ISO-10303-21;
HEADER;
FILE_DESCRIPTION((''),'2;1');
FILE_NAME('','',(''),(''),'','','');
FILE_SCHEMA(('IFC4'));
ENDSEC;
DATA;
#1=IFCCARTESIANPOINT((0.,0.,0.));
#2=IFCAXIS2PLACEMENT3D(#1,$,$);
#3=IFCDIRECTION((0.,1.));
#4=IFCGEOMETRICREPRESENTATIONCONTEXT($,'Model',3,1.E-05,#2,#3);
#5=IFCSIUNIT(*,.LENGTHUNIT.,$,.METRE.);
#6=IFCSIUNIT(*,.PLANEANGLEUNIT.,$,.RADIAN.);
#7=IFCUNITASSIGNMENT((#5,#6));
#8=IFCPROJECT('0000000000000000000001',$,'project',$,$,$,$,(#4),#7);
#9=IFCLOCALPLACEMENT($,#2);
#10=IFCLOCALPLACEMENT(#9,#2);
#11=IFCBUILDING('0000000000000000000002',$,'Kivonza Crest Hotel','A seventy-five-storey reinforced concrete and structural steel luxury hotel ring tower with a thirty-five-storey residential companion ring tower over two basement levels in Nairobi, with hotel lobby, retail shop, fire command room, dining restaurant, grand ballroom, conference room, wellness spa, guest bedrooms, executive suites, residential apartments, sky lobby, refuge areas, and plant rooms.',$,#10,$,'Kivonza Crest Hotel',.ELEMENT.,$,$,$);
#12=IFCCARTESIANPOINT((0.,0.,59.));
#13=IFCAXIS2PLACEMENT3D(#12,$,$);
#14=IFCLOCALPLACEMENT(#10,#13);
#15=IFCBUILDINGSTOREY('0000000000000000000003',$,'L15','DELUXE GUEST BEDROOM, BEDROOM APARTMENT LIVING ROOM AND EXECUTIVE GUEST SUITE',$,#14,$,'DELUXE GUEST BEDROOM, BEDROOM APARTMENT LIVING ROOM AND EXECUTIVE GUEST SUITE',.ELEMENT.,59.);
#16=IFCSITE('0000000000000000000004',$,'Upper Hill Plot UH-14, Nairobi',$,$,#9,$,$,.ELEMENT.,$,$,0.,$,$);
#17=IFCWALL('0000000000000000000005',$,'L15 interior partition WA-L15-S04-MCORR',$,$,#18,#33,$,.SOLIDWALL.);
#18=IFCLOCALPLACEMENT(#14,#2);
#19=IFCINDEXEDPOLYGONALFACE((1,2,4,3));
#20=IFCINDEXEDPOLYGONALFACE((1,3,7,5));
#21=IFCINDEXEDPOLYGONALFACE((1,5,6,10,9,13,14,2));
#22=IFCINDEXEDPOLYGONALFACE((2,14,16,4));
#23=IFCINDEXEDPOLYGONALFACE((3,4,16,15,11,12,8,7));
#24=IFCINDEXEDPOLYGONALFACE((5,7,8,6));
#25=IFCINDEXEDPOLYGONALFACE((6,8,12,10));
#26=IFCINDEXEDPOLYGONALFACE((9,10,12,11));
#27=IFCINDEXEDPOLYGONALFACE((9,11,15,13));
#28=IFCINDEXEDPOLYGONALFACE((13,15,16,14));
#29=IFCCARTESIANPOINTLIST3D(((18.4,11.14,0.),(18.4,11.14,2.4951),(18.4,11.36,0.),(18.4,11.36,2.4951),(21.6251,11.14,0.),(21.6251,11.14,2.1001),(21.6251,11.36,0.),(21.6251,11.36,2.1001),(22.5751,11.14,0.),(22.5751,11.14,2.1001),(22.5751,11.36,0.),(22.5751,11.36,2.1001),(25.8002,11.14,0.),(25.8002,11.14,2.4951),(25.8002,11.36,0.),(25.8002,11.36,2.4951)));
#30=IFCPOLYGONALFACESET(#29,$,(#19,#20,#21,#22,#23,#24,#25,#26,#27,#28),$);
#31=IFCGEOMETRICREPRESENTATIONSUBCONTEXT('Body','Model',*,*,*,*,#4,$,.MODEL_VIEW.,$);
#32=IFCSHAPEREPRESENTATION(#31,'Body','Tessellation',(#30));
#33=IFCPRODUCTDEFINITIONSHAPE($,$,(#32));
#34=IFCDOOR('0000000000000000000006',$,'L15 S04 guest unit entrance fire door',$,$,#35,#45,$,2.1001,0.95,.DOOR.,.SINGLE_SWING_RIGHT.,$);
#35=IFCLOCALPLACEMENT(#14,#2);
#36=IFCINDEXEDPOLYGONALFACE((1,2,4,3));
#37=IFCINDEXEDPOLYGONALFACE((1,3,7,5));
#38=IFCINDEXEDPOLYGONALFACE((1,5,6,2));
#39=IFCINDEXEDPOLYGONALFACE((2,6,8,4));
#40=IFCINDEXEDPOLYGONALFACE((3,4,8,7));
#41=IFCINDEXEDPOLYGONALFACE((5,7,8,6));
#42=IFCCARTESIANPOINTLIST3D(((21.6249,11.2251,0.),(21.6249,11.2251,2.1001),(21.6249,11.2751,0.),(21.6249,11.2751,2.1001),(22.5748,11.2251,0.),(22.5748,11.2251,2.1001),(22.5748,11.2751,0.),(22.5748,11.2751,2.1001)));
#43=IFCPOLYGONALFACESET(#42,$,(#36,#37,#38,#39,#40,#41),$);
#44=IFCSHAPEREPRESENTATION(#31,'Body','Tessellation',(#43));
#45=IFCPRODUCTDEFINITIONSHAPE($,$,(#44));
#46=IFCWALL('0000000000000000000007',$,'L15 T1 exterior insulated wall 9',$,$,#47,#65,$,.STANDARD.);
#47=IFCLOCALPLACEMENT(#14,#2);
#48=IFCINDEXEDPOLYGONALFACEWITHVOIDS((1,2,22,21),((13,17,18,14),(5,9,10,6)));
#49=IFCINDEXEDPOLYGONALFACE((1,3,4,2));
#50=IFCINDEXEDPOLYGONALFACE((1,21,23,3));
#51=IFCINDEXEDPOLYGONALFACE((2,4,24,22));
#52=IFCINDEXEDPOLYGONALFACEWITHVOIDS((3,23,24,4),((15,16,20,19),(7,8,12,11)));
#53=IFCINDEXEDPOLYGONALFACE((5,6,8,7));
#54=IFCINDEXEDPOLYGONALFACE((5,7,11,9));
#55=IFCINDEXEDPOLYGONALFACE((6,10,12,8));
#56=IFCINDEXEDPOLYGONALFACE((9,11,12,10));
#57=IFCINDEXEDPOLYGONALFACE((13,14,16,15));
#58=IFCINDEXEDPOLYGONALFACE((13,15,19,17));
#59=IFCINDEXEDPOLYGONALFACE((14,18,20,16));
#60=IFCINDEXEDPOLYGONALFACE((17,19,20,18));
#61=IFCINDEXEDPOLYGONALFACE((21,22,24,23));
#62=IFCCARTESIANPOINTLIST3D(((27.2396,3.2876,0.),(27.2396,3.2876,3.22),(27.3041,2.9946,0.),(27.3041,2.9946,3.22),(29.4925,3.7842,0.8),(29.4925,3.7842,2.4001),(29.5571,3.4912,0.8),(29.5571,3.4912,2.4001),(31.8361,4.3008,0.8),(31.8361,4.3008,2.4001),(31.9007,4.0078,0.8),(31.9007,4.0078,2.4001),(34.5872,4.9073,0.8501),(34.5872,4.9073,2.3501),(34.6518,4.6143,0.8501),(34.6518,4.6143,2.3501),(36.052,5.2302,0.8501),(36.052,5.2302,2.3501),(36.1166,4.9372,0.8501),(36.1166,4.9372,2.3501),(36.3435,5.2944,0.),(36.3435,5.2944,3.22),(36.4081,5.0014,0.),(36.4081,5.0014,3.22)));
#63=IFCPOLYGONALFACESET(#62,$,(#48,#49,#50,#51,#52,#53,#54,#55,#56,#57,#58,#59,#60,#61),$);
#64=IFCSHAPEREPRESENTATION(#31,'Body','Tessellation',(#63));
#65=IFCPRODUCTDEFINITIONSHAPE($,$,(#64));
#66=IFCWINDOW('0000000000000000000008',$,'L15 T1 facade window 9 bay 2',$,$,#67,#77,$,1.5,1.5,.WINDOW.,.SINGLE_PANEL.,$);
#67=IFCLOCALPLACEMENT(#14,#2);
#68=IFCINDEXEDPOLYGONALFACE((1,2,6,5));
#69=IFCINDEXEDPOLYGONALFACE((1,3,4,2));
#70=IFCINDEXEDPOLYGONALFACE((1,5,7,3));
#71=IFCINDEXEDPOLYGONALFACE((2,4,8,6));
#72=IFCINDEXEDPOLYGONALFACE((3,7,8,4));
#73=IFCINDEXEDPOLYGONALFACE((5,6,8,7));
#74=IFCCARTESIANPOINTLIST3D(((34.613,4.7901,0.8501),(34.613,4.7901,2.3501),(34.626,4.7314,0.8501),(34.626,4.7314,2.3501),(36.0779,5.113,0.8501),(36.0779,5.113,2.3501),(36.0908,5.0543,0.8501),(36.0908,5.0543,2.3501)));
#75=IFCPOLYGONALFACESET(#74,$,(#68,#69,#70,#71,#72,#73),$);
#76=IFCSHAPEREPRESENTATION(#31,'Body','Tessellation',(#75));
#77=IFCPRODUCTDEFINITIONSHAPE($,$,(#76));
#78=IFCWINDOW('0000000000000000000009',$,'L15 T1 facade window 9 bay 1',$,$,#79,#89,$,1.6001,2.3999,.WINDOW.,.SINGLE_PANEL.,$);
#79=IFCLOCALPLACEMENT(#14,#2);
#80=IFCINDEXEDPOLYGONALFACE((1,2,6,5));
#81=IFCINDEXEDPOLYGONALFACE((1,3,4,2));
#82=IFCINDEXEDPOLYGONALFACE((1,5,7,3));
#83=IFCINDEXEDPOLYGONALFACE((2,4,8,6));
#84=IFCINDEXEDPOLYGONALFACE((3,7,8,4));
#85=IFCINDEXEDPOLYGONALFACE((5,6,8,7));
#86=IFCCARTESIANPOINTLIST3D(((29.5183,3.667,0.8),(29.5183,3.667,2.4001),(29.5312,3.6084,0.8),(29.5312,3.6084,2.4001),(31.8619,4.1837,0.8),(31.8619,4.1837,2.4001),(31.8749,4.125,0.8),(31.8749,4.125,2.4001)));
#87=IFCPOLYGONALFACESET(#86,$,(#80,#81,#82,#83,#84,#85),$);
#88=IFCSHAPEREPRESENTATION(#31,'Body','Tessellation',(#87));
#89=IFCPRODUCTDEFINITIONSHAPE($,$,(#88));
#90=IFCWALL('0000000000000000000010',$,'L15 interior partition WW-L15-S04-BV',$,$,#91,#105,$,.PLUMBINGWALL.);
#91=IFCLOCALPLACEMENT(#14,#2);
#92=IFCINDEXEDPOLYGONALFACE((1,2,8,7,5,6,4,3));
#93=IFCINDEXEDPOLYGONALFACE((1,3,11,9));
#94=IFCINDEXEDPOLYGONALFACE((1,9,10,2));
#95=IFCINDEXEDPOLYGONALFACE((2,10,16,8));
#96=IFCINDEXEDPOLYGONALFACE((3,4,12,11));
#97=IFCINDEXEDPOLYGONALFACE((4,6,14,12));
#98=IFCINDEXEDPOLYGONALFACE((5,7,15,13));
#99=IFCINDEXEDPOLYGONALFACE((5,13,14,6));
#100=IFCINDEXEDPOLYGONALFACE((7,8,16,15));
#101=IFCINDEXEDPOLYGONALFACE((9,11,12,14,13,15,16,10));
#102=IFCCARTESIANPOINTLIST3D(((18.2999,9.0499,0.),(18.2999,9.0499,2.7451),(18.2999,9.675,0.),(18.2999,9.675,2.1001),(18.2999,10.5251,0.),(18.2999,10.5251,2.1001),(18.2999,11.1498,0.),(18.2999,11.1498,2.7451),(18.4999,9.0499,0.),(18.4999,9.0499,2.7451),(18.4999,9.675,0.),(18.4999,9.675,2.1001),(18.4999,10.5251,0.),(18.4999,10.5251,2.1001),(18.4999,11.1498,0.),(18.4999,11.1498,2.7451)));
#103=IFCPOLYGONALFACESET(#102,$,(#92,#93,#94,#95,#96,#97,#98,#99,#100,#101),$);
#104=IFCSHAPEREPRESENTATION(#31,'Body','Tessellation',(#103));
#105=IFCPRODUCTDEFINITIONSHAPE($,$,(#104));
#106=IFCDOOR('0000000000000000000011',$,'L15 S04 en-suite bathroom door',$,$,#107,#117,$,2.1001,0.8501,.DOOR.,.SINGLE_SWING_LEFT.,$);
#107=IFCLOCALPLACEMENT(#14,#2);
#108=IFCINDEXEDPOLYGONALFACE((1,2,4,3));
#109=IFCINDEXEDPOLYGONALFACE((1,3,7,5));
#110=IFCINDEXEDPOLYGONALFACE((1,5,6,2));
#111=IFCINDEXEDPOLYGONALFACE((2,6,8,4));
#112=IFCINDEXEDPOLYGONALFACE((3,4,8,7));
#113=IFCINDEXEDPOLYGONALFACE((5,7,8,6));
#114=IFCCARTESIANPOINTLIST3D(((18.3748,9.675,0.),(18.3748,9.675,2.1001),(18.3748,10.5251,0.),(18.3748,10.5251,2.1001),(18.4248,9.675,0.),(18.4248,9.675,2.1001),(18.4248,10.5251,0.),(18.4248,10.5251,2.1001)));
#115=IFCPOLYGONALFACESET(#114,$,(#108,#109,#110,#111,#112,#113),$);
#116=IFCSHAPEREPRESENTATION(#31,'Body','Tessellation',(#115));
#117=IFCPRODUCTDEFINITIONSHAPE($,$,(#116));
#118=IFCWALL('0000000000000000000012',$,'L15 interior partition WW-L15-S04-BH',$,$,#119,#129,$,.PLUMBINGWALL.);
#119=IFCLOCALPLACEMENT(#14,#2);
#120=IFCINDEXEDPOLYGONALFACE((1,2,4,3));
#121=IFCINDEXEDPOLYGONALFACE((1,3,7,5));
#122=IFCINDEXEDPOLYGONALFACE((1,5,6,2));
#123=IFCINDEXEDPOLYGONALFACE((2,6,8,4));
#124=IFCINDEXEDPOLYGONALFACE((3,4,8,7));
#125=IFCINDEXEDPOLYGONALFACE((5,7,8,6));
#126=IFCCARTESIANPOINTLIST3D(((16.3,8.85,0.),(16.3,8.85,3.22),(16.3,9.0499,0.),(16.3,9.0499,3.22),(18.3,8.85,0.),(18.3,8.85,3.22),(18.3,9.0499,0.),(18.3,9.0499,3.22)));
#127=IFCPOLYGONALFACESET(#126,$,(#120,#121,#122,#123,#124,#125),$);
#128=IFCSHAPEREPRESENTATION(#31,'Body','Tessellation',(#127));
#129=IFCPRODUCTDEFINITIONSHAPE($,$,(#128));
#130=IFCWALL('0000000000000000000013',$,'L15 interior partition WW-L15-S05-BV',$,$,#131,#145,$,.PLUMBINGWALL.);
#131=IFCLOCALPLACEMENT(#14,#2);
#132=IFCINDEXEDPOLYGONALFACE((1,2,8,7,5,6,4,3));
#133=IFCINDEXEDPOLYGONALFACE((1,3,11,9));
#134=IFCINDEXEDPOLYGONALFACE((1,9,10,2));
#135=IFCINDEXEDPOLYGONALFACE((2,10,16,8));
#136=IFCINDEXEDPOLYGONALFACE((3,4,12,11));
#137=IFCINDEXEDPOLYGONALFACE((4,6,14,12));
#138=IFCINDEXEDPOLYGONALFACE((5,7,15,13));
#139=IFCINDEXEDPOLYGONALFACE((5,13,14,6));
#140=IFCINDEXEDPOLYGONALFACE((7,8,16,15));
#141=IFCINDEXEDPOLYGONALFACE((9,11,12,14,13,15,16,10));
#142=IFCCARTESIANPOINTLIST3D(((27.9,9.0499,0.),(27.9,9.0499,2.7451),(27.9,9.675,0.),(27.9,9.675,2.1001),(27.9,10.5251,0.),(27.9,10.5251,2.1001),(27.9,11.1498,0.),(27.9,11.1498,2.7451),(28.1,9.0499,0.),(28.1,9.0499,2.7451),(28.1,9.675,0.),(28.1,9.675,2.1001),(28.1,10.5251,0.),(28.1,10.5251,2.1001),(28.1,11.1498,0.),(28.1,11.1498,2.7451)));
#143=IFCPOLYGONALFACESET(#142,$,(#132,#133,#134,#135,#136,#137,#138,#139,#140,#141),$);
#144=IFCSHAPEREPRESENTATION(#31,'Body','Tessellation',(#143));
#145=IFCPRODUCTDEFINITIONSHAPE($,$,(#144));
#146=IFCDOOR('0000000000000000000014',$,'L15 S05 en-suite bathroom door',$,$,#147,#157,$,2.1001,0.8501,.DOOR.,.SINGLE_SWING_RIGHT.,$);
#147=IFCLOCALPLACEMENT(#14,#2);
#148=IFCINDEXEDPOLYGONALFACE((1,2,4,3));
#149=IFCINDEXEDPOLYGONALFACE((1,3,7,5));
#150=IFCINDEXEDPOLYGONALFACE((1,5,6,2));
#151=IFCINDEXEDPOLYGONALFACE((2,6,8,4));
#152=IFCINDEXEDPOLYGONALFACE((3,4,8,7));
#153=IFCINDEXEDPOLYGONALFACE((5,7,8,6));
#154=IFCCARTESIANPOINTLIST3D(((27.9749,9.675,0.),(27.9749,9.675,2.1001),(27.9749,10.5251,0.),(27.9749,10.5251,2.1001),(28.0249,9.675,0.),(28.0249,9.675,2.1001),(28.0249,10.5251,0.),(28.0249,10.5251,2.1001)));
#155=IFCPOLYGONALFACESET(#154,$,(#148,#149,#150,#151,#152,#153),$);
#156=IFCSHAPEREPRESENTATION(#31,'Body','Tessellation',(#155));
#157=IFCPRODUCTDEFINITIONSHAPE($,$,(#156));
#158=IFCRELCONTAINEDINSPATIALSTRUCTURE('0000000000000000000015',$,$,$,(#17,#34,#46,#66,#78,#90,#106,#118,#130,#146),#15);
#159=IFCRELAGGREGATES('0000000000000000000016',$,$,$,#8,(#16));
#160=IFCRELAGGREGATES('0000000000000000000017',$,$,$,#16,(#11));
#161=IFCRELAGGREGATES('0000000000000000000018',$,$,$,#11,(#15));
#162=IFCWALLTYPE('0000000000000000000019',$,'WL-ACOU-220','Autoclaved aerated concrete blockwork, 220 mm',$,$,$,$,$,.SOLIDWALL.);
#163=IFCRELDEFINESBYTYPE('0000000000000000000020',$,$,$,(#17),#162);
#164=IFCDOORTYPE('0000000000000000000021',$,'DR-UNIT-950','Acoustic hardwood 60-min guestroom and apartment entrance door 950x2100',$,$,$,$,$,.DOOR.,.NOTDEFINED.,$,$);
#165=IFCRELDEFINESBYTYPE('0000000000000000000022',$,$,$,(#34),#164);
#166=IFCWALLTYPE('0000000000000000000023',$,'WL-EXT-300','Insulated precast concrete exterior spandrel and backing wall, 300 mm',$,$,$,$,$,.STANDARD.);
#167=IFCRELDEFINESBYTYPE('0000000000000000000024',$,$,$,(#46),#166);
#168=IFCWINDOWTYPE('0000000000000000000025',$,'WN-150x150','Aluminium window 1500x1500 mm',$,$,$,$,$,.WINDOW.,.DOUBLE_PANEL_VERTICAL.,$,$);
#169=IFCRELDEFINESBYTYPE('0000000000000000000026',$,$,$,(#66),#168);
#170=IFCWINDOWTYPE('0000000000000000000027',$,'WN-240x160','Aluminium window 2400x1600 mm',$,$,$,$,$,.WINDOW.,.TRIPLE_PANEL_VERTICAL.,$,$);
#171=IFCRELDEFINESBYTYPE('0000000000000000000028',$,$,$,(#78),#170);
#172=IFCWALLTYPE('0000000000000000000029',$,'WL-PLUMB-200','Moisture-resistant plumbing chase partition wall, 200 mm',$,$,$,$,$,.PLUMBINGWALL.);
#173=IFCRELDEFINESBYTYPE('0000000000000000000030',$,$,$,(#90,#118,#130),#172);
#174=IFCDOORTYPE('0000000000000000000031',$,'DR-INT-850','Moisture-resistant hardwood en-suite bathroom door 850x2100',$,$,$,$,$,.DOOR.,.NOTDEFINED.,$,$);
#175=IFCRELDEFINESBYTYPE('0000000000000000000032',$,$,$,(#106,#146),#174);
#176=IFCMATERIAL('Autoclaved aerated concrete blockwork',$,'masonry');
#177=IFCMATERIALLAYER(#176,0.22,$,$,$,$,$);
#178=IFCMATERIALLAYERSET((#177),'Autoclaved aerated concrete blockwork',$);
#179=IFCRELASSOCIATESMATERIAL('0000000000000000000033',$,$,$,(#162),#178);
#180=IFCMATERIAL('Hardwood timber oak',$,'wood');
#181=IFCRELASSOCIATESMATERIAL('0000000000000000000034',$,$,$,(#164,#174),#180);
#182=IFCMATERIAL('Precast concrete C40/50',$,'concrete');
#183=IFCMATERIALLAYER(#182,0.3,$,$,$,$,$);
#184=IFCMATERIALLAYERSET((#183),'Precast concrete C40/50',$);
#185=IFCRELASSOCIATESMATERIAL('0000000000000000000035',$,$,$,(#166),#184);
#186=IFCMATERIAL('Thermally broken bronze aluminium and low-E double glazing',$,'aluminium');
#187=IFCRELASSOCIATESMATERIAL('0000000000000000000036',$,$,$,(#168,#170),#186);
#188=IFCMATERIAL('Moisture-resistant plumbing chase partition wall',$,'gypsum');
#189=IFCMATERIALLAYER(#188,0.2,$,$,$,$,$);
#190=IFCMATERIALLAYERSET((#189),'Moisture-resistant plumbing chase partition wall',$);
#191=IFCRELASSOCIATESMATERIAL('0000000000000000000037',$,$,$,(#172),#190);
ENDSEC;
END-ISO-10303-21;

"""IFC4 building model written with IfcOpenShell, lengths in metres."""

from ifc_helpers import new_model, si_unit, direction, frame, frame_2d, origin, place, context, subcontext, project, spatial, rectangle, extrude, material, layer, layer_set, type_object, element, fill, save


model = new_model("IFC4")

# Units and contexts
model_context = context("Model", 3, precision=1e-05, world=origin(), true_north=direction((0.0, 1.0)))
body_context = subcontext(model_context, "Body", "Model", "MODEL_VIEW")
ifc_project = project(units=[si_unit("LENGTHUNIT", "METRE"), si_unit("PLANEANGLEUNIT", "RADIAN")], contexts=[model_context])

# Site, building, storey
site_placement = place(None, origin())
site = spatial("IfcSite", under=ifc_project, at=site_placement, Name="Upper Hill Plot UH-14, Nairobi", CompositionType="ELEMENT", RefElevation=0.0)
building_placement = place(site_placement, origin())
building = spatial("IfcBuilding", under=site, at=building_placement, Name="Kivonza Crest Hotel", Description="A seventy-five-storey reinforced concrete and structural steel luxury hotel ring tower with a thirty-five-storey residential companion ring tower over two basement levels in Nairobi, with hotel lobby, retail shop, fire command room, dining restaurant, grand ballroom, conference room, wellness spa, guest bedrooms, executive suites, residential apartments, sky lobby, refuge areas, and plant rooms.", LongName="Kivonza Crest Hotel", CompositionType="ELEMENT")
storey_placement = place(building_placement, frame((0.0, 0.0, 59.0)))
storey = spatial("IfcBuildingStorey", under=building, at=storey_placement, Name="L15", Description="DELUXE GUEST BEDROOM, BEDROOM APARTMENT LIVING ROOM AND EXECUTIVE GUEST SUITE", LongName="DELUXE GUEST BEDROOM, BEDROOM APARTMENT LIVING ROOM AND EXECUTIVE GUEST SUITE", CompositionType="ELEMENT", Elevation=59.0)

# Wall, opening, door
ifc_material_1 = material(Name="Autoclaved aerated concrete blockwork", Category="masonry")
ifc_layer_1 = layer(ifc_material_1, 0.22)
ifc_layer_set_1 = layer_set([ifc_layer_1], Name="Autoclaved aerated concrete blockwork")
wall_type_1 = type_object("IfcWallType", Name="WL-ACOU-220", Description="Autoclaved aerated concrete blockwork, 220 mm", PredefinedType="SOLIDWALL", material=ifc_layer_set_1)
wall_1_placement = place(storey_placement, frame((18.3999, 11.25, 0.0), z_axis=(0.0, 0.0, 1.0), x_axis=(1.0, 0.0, 0.0)))
wall_1 = element("IfcWall", 1, at=wall_1_placement, inside=storey, type_object=wall_type_1, Name="L15 interior partition WA-L15-S04-MCORR", PredefinedType="SOLIDWALL", context=body_context, shape_type="SweptSolid", body=[
    extrude(rectangle(XDim=7.4001, YDim=0.22, at=frame_2d((3.7002, 0.0))), origin(), (0.0, 0.0, 1.0), 2.4951),
])
opening_1_placement = place(wall_1_placement, frame((3.2251, 0.0, 0.0)))
opening_1 = element("IfcOpeningElement", 2, at=opening_1_placement, cuts=wall_1, PredefinedType="OPENING", context=body_context, shape_type="SweptSolid", body=[
    extrude(rectangle(XDim=0.95, YDim=2.1001, at=frame_2d((0.4751, 1.05))), frame((0.0, 0.1201, 0.0), z_axis=(0.0, -1.0, 0.0), x_axis=(1.0, 0.0, 0.0)), (0.0, 0.0, 1.0), 0.24),
])
ifc_material_2 = material(Name="Hardwood timber oak", Category="wood")
door_type_1 = type_object("IfcDoorType", Name="DR-UNIT-950", Description="Acoustic hardwood 60-min guestroom and apartment entrance door 950x2100", OperationType="NOTDEFINED", PredefinedType="DOOR", material=ifc_material_2)
door_1_placement = place(opening_1_placement, frame((0.95, 0.0, 0.0), z_axis=(0.0, 0.0, 1.0), x_axis=(-1.0, 0.0, 0.0)))
door_1 = element("IfcDoor", 3, at=door_1_placement, inside=storey, type_object=door_type_1, Name="L15 S04 guest unit entrance fire door", OperationType="SINGLE_SWING_RIGHT", OverallHeight=2.1001, OverallWidth=0.95, PredefinedType="DOOR", context=body_context, shape_type="SweptSolid", body=[
    extrude(rectangle(XDim=0.95, YDim=2.1001, at=frame_2d((0.4751, 1.05))), frame((0.0, 0.0249, 0.0), z_axis=(0.0, -1.0, 0.0), x_axis=(1.0, 0.0, 0.0)), (0.0, 0.0, 1.0), 0.05),
])
fill(opening_1, door_1)

# Wall, openings, windows
ifc_material_3 = material(Name="Precast concrete C40/50", Category="concrete")
ifc_layer_2 = layer(ifc_material_3, 0.3)
ifc_layer_set_2 = layer_set([ifc_layer_2], Name="Precast concrete C40/50")
wall_type_2 = type_object("IfcWallType", Name="WL-EXT-300", Description="Insulated precast concrete exterior spandrel and backing wall, 300 mm", PredefinedType="STANDARD", material=ifc_layer_set_2)
wall_2_placement = place(storey_placement, frame((27.272, 3.1411, 0.0), z_axis=(0.0, 0.0, 1.0), x_axis=(0.976555, 0.215266, 0.0)))
wall_2 = element("IfcWall", 4, at=wall_2_placement, inside=storey, type_object=wall_type_2, Name="L15 T1 exterior insulated wall 9", PredefinedType="STANDARD", context=body_context, shape_type="SweptSolid", body=[
    extrude(rectangle(XDim=9.3225, YDim=0.3, at=frame_2d((4.6611, 0.0))), origin(), (0.0, 0.0, 1.0), 3.22),
])
opening_2_placement = place(wall_2_placement, frame((2.3069, 0.0, 0.8)))
opening_2 = element("IfcOpeningElement", 5, at=opening_2_placement, cuts=wall_2, PredefinedType="OPENING", context=body_context, shape_type="SweptSolid", body=[
    extrude(rectangle(XDim=2.3999, YDim=1.6001, at=frame_2d((1.2, 0.8))), frame((0.0, 0.1602, 0.0), z_axis=(0.0, -1.0, 0.0), x_axis=(1.0, 0.0, 0.0)), (0.0, 0.0, 1.0), 0.3201),
])
opening_3_placement = place(wall_2_placement, frame((7.5239, 0.0, 0.8501)))
opening_3 = element("IfcOpeningElement", 6, at=opening_3_placement, cuts=wall_2, PredefinedType="OPENING", context=body_context, shape_type="SweptSolid", body=[
    extrude(rectangle(XDim=1.5, YDim=1.5, at=frame_2d((0.75, 0.75))), frame((0.0, 0.1602, 0.0), z_axis=(0.0, -1.0, 0.0), x_axis=(1.0, 0.0, 0.0)), (0.0, 0.0, 1.0), 0.3201),
])
ifc_material_4 = material(Name="Thermally broken bronze aluminium and low-E double glazing", Category="aluminium")
window_type_1 = type_object("IfcWindowType", Name="WN-150x150", Description="Aluminium window 1500x1500 mm", PartitioningType="DOUBLE_PANEL_VERTICAL", PredefinedType="WINDOW", material=ifc_material_4)
window_1_placement = place(opening_3_placement, origin())
window_1 = element("IfcWindow", 7, at=window_1_placement, inside=storey, type_object=window_type_1, Name="L15 T1 facade window 9 bay 2", OverallHeight=1.5, OverallWidth=1.5, PartitioningType="SINGLE_PANEL", PredefinedType="WINDOW", context=body_context, shape_type="SweptSolid", body=[
    extrude(rectangle(XDim=1.5, YDim=1.5, at=frame_2d((0.75, 0.75))), frame((0.0, 0.03, 0.0), z_axis=(0.0, -1.0, 0.0), x_axis=(1.0, 0.0, 0.0)), (0.0, 0.0, 1.0), 0.0601),
])
fill(opening_3, window_1)
window_type_2 = type_object("IfcWindowType", Name="WN-240x160", Description="Aluminium window 2400x1600 mm", PartitioningType="TRIPLE_PANEL_VERTICAL", PredefinedType="WINDOW", material=ifc_material_4)
window_2_placement = place(opening_2_placement, origin())
window_2 = element("IfcWindow", 8, at=window_2_placement, inside=storey, type_object=window_type_2, Name="L15 T1 facade window 9 bay 1", OverallHeight=1.6001, OverallWidth=2.3999, PartitioningType="SINGLE_PANEL", PredefinedType="WINDOW", context=body_context, shape_type="SweptSolid", body=[
    extrude(rectangle(XDim=2.3999, YDim=1.6001, at=frame_2d((1.2, 0.8))), frame((0.0, 0.03, 0.0), z_axis=(0.0, -1.0, 0.0), x_axis=(1.0, 0.0, 0.0)), (0.0, 0.0, 1.0), 0.0601),
])
fill(opening_2, window_2)

# Wall, opening, door
ifc_material_5 = material(Name="Moisture-resistant plumbing chase partition wall", Category="gypsum")
ifc_layer_3 = layer(ifc_material_5, 0.2)
ifc_layer_set_3 = layer_set([ifc_layer_3], Name="Moisture-resistant plumbing chase partition wall")
wall_type_3 = type_object("IfcWallType", Name="WL-PLUMB-200", Description="Moisture-resistant plumbing chase partition wall, 200 mm", PredefinedType="PLUMBINGWALL", material=ifc_layer_set_3)
wall_3_placement = place(storey_placement, frame((18.3999, 9.05, 0.0), z_axis=(0.0, 0.0, 1.0), x_axis=(0.0, 1.0, 0.0)))
wall_3 = element("IfcWall", 9, at=wall_3_placement, inside=storey, type_object=wall_type_3, Name="L15 interior partition WW-L15-S04-BV", PredefinedType="PLUMBINGWALL", context=body_context, shape_type="SweptSolid", body=[
    extrude(rectangle(XDim=2.0999, YDim=0.2, at=frame_2d((1.0498, 0.0))), origin(), (0.0, 0.0, 1.0), 2.7451),
])
opening_4_placement = place(wall_3_placement, frame((0.625, 0.0, 0.0)))
opening_4 = element("IfcOpeningElement", 10, at=opening_4_placement, cuts=wall_3, PredefinedType="OPENING", context=body_context, shape_type="SweptSolid", body=[
    extrude(rectangle(XDim=0.8501, YDim=2.1001, at=frame_2d((0.425, 1.05))), frame((0.0, 0.1099, 0.0), z_axis=(0.0, -1.0, 0.0), x_axis=(1.0, 0.0, 0.0)), (0.0, 0.0, 1.0), 0.22),
])
door_type_2 = type_object("IfcDoorType", Name="DR-INT-850", Description="Moisture-resistant hardwood en-suite bathroom door 850x2100", OperationType="NOTDEFINED", PredefinedType="DOOR", material=ifc_material_2)
door_2_placement = place(opening_4_placement, frame((0.8501, 0.0, 0.0), z_axis=(0.0, 0.0, 1.0), x_axis=(-1.0, 0.0, 0.0)))
door_2 = element("IfcDoor", 11, at=door_2_placement, inside=storey, type_object=door_type_2, Name="L15 S04 en-suite bathroom door", OperationType="SINGLE_SWING_LEFT", OverallHeight=2.1001, OverallWidth=0.8501, PredefinedType="DOOR", context=body_context, shape_type="SweptSolid", body=[
    extrude(rectangle(XDim=0.8501, YDim=2.1001, at=frame_2d((0.425, 1.05))), frame((0.0, 0.0249, 0.0), z_axis=(0.0, -1.0, 0.0), x_axis=(1.0, 0.0, 0.0)), (0.0, 0.0, 1.0), 0.05),
])
fill(opening_4, door_2)

# Wall
wall_4_placement = place(storey_placement, frame((16.3, 8.95, 0.0), z_axis=(0.0, 0.0, 1.0), x_axis=(1.0, 0.0, 0.0)))
element("IfcWall", 12, at=wall_4_placement, inside=storey, type_object=wall_type_3, Name="L15 interior partition WW-L15-S04-BH", PredefinedType="PLUMBINGWALL", context=body_context, shape_type="SweptSolid", body=[
    extrude(rectangle(XDim=2.0, YDim=0.2, at=frame_2d((1.0, 0.0))), origin(), (0.0, 0.0, 1.0), 3.22),
])

# Wall, opening, door
wall_5_placement = place(storey_placement, frame((28.0, 9.05, 0.0), z_axis=(0.0, 0.0, 1.0), x_axis=(0.0, 1.0, 0.0)))
wall_5 = element("IfcWall", 13, at=wall_5_placement, inside=storey, type_object=wall_type_3, Name="L15 interior partition WW-L15-S05-BV", PredefinedType="PLUMBINGWALL", context=body_context, shape_type="SweptSolid", body=[
    extrude(rectangle(XDim=2.0999, YDim=0.2, at=frame_2d((1.0498, 0.0))), origin(), (0.0, 0.0, 1.0), 2.7451),
])
opening_5_placement = place(wall_5_placement, frame((0.625, 0.0, 0.0)))
opening_5 = element("IfcOpeningElement", 14, at=opening_5_placement, cuts=wall_5, PredefinedType="OPENING", context=body_context, shape_type="SweptSolid", body=[
    extrude(rectangle(XDim=0.8501, YDim=2.1001, at=frame_2d((0.425, 1.05))), frame((0.0, 0.1099, 0.0), z_axis=(0.0, -1.0, 0.0), x_axis=(1.0, 0.0, 0.0)), (0.0, 0.0, 1.0), 0.22),
])
door_3_placement = place(opening_5_placement, frame((0.8501, 0.0, 0.0), z_axis=(0.0, 0.0, 1.0), x_axis=(-1.0, 0.0, 0.0)))
door_3 = element("IfcDoor", 15, at=door_3_placement, inside=storey, type_object=door_type_2, Name="L15 S05 en-suite bathroom door", OperationType="SINGLE_SWING_RIGHT", OverallHeight=2.1001, OverallWidth=0.8501, PredefinedType="DOOR", context=body_context, shape_type="SweptSolid", body=[
    extrude(rectangle(XDim=0.8501, YDim=2.1001, at=frame_2d((0.425, 1.05))), frame((0.0, 0.0249, 0.0), z_axis=(0.0, -1.0, 0.0), x_axis=(1.0, 0.0, 0.0)), (0.0, 0.0, 1.0), 0.05),
])
fill(opening_5, door_3)

save(model, "model.ifc")
